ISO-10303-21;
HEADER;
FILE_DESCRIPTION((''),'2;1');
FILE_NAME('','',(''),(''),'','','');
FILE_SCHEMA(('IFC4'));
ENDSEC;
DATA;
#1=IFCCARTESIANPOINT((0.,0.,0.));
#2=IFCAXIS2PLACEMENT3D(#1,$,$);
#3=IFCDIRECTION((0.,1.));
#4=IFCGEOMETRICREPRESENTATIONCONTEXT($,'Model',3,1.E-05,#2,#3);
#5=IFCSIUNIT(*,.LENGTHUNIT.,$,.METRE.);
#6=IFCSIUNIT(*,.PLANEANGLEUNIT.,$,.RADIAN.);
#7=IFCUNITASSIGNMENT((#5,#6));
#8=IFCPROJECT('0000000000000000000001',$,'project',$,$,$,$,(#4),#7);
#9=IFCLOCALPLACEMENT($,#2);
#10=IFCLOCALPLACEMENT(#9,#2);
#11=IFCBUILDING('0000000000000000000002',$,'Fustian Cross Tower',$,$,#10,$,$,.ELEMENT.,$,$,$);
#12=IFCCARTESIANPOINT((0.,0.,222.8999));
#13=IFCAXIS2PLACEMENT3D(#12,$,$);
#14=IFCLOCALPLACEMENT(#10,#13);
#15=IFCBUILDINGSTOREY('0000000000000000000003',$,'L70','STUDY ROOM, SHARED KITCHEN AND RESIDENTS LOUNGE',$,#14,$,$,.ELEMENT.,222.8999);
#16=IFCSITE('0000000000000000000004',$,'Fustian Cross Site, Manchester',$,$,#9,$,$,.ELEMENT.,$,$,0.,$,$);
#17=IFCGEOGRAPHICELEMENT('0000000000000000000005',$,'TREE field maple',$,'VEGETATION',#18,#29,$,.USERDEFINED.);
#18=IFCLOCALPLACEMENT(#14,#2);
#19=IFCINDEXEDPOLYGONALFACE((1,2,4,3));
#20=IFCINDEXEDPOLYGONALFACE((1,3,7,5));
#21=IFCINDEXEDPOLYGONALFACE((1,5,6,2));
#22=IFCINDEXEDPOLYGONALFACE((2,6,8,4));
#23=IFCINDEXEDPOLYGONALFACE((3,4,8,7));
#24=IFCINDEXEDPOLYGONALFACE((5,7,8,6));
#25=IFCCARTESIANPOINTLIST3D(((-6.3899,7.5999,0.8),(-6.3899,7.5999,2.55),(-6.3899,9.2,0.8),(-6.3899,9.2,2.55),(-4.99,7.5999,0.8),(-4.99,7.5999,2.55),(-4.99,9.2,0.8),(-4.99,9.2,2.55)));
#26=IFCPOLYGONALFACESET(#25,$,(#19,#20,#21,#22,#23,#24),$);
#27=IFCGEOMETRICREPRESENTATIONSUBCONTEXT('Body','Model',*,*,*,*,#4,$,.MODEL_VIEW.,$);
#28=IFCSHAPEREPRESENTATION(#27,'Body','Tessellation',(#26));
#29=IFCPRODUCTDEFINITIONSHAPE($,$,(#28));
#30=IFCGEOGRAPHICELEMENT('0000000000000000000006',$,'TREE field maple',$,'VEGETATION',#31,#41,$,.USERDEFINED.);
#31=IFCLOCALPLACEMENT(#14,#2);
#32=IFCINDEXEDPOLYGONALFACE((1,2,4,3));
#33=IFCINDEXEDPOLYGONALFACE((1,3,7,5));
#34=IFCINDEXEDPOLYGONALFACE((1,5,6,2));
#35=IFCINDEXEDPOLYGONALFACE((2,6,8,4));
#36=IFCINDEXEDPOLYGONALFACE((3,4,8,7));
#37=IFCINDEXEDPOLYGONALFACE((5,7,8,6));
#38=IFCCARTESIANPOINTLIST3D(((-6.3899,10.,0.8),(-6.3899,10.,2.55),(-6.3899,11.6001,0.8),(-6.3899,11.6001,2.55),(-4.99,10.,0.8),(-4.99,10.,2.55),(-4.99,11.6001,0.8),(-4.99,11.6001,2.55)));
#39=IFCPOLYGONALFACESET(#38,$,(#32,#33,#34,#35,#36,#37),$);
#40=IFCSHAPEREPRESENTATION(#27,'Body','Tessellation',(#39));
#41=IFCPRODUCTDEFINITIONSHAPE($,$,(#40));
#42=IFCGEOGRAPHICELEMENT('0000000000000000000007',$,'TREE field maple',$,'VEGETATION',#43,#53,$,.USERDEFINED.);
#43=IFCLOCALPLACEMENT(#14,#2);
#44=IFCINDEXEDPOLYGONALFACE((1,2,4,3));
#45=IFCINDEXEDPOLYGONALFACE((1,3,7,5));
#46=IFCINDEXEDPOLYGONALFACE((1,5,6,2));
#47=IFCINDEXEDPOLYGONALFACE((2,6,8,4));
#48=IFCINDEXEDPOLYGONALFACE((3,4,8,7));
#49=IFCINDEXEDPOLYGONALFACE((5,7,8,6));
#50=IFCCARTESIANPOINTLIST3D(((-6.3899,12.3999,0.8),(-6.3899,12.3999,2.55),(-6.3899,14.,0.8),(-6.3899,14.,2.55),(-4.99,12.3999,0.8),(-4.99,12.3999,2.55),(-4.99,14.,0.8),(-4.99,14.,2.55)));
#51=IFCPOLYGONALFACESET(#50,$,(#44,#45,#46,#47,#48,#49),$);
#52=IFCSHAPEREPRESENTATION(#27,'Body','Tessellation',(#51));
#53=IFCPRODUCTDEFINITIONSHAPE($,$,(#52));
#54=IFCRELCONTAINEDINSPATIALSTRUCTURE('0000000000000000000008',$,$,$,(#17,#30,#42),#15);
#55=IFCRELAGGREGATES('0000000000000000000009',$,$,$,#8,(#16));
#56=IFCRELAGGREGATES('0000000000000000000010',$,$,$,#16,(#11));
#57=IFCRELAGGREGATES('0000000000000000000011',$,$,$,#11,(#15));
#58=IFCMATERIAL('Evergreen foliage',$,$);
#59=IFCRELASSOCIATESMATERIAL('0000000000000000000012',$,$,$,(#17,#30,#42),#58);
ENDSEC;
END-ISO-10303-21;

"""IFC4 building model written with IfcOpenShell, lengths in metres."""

from ifc_helpers import new_model, si_unit, direction, frame, origin, origin_2d, place, context, subcontext, project, spatial, rectangle, extrude, material, element, save


model = new_model("IFC4")

# Units and contexts
model_context = context("Model", 3, precision=1e-05, world=origin(), true_north=direction((0.0, 1.0)))
body_context = subcontext(model_context, "Body", "Model", "MODEL_VIEW")
ifc_project = project(units=[si_unit("LENGTHUNIT", "METRE"), si_unit("PLANEANGLEUNIT", "RADIAN")], contexts=[model_context])

# Site, building, storey
site_placement = place(None, origin())
site = spatial("IfcSite", under=ifc_project, at=site_placement, Name="Fustian Cross Site, Manchester", CompositionType="ELEMENT", RefElevation=0.0)
building_placement = place(site_placement, origin())
building = spatial("IfcBuilding", under=site, at=building_placement, Name="Fustian Cross Tower", CompositionType="ELEMENT")
storey_placement = place(building_placement, frame((0.0, 0.0, 222.8999)))
storey = spatial("IfcBuildingStorey", under=building, at=storey_placement, Name="L70", Description="STUDY ROOM, SHARED KITCHEN AND RESIDENTS LOUNGE", CompositionType="ELEMENT", Elevation=222.8999)

# Geographic elements
ifc_material_1 = material(Name="Evergreen foliage")
for number, where, z_axis, x_axis, name in (
    (1, (-5.6899, 8.3999, 0.8), (0.0, 0.0, 1.0), (1.0, 0.0, 0.0), "TREE field maple"),
    (2, (-5.6899, 10.8, 0.8), (0.0, 0.0, 1.0), (1.0, 0.0, 0.0), "TREE field maple"),
    (3, (-5.6899, 13.2, 0.8), (0.0, 0.0, 1.0), (1.0, 0.0, 0.0), "TREE field maple"),
):
    element("IfcGeographicElement", number, at=place(storey_placement, frame(where, z_axis=z_axis, x_axis=x_axis)), inside=storey, material=ifc_material_1, Name=name, ObjectType="VEGETATION", PredefinedType="USERDEFINED", context=body_context, shape_type="SweptSolid", body=[
        extrude(rectangle(XDim=1.3999, YDim=1.6001, at=origin_2d()), origin(), (0.0, 0.0, 1.0), 1.75),
    ])

save(model, "model.ifc")
